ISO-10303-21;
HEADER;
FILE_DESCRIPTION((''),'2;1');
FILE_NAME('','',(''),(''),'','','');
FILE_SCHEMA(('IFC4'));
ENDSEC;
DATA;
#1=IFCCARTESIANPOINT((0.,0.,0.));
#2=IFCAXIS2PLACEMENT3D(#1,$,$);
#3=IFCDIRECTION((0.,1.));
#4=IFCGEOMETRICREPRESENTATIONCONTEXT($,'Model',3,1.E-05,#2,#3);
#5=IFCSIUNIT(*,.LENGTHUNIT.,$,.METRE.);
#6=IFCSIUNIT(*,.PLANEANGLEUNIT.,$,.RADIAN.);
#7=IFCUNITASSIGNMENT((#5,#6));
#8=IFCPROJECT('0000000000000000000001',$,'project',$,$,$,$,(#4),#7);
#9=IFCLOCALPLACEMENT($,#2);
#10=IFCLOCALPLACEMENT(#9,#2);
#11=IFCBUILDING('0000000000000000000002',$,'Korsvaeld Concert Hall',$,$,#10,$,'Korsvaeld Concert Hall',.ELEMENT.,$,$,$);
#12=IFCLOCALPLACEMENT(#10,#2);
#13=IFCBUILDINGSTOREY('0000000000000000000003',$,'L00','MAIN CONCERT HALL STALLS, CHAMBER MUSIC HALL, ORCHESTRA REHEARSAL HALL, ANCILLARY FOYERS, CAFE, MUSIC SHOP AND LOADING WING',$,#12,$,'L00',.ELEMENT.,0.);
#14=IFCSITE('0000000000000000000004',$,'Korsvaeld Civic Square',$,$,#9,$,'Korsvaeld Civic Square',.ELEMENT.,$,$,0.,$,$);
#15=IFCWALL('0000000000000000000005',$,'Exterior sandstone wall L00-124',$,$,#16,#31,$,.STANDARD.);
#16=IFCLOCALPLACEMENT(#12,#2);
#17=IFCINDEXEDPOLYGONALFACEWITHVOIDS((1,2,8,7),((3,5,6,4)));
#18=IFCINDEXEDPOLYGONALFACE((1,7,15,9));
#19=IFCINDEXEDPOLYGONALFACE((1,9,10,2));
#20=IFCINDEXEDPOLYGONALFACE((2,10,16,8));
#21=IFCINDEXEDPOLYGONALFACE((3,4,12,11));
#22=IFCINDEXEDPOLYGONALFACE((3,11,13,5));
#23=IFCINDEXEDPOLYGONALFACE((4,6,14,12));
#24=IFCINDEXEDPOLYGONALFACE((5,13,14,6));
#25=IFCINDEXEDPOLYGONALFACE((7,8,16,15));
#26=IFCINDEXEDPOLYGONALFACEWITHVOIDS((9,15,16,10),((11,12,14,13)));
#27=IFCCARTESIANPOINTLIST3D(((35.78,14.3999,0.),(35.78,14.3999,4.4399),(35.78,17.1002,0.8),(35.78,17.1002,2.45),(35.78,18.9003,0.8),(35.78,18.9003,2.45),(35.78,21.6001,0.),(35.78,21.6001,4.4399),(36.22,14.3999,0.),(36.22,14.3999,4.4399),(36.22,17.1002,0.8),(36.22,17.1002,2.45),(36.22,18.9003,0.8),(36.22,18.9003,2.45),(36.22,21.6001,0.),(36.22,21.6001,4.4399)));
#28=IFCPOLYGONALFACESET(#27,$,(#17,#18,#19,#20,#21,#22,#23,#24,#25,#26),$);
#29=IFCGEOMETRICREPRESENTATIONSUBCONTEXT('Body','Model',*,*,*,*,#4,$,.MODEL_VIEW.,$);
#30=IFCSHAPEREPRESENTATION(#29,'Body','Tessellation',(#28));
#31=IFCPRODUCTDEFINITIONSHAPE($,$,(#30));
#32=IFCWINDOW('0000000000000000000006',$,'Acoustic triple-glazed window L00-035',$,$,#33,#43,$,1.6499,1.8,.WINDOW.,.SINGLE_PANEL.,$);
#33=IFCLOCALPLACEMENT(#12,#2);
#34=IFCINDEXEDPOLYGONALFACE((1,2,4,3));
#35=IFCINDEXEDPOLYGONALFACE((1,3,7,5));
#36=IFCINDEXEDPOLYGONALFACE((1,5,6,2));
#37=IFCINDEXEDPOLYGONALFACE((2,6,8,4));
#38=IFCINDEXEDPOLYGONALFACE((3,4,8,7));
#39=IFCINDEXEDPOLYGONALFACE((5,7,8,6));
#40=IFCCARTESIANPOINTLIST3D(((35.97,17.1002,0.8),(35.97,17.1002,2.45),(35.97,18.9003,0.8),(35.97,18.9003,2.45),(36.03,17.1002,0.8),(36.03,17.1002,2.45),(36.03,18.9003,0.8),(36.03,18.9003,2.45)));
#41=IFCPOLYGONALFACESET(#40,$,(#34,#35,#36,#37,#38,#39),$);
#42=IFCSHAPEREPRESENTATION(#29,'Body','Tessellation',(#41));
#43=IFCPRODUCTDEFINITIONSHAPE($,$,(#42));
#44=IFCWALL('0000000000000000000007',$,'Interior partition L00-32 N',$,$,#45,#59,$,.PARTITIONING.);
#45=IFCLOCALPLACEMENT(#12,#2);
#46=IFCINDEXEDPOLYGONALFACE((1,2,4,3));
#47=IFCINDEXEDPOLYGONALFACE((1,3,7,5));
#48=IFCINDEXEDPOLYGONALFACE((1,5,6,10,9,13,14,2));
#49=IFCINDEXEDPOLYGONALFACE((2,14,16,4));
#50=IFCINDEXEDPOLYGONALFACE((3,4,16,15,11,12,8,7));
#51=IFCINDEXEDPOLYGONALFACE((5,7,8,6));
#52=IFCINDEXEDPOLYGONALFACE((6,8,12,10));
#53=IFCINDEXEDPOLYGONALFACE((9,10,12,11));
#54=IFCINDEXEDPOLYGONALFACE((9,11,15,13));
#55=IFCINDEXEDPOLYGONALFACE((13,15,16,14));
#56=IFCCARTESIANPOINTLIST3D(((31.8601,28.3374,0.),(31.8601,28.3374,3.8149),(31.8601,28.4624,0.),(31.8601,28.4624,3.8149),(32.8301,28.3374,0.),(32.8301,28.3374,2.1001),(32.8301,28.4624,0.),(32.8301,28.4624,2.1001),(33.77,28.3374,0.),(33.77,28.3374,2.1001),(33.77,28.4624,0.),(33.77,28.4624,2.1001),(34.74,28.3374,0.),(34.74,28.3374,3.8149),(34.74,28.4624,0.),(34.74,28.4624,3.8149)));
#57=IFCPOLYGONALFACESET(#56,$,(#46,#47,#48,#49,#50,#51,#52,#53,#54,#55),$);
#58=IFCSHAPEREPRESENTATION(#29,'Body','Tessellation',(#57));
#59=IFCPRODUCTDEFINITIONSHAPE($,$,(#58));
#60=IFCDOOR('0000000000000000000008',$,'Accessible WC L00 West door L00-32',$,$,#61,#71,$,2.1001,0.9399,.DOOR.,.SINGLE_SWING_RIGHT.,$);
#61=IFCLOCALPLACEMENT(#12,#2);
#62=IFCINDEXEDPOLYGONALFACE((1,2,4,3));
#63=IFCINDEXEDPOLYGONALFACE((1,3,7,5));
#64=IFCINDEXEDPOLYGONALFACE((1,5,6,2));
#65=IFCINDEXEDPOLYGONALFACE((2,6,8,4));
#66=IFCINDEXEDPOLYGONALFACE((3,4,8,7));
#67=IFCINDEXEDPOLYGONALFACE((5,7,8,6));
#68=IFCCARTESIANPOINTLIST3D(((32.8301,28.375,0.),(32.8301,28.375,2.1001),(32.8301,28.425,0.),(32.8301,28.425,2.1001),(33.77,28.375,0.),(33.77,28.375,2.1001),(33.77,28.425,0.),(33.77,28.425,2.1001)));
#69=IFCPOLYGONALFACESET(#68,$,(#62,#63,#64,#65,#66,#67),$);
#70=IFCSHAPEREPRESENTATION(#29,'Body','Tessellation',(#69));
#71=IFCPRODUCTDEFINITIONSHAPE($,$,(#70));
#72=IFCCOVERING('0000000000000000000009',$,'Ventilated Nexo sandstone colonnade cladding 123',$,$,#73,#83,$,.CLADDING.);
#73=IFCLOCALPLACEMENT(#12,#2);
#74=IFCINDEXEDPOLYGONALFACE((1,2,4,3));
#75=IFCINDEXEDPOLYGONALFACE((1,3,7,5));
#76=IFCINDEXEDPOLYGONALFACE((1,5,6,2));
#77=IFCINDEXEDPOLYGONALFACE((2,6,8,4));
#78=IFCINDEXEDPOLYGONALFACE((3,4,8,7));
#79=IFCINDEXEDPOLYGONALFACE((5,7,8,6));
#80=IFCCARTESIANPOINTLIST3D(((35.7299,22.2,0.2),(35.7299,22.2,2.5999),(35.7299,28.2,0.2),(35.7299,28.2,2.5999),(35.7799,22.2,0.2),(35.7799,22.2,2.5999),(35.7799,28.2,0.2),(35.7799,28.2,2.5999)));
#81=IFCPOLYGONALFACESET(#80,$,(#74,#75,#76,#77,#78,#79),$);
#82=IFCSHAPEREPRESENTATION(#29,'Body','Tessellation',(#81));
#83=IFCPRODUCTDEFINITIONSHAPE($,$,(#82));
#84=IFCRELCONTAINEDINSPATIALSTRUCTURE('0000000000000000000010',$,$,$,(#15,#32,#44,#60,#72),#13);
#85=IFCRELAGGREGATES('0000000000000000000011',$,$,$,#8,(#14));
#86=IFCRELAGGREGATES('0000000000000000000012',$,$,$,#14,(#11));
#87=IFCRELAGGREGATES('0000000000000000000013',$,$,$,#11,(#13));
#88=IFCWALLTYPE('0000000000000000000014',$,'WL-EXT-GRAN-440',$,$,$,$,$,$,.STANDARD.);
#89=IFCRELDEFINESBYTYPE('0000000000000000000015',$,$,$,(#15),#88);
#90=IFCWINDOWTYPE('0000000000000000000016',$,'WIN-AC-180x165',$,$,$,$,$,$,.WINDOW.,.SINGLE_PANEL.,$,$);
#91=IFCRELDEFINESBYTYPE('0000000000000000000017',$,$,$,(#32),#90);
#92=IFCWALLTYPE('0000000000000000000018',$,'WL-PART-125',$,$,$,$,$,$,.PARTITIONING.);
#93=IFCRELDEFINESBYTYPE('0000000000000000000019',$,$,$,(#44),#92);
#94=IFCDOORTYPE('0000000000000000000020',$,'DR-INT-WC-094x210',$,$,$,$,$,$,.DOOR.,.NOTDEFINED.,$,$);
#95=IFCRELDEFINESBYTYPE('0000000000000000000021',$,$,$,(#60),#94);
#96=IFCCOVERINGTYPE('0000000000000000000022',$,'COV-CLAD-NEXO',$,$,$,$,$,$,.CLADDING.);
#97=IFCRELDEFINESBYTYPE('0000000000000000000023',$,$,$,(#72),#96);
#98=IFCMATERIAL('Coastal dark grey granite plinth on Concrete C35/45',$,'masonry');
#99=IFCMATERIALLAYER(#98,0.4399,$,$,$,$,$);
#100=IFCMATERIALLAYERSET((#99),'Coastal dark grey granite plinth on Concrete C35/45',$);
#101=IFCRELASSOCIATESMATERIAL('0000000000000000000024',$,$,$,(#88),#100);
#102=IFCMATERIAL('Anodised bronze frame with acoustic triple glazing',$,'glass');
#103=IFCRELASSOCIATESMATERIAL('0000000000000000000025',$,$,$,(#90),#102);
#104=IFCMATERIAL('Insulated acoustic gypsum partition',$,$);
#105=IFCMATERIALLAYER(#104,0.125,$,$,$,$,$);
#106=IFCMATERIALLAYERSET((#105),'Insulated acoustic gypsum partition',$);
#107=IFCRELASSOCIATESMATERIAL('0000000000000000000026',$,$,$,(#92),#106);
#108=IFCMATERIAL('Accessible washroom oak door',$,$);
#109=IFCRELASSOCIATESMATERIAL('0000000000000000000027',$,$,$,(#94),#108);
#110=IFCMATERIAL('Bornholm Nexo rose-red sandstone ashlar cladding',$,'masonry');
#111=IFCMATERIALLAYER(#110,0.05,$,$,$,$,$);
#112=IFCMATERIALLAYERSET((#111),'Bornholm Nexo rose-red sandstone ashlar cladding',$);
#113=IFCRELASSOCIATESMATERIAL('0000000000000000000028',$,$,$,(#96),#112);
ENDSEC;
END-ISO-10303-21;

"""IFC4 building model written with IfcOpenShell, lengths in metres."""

from ifc_helpers import new_model, si_unit, direction, frame, frame_2d, origin, origin_2d, place, context, subcontext, project, spatial, rectangle, extrude, material, layer, layer_set, type_object, element, fill, save


model = new_model("IFC4")

# Units and contexts
model_context = context("Model", 3, precision=1e-05, world=origin(), true_north=direction((0.0, 1.0)))
body_context = subcontext(model_context, "Body", "Model", "MODEL_VIEW")
ifc_project = project(units=[si_unit("LENGTHUNIT", "METRE"), si_unit("PLANEANGLEUNIT", "RADIAN")], contexts=[model_context])

# Site, building, storey
site_placement = place(None, origin())
site = spatial("IfcSite", under=ifc_project, at=site_placement, Name="Korsvaeld Civic Square", LongName="Korsvaeld Civic Square", CompositionType="ELEMENT", RefElevation=0.0)
building_placement = place(site_placement, origin())
building = spatial("IfcBuilding", under=site, at=building_placement, Name="Korsvaeld Concert Hall", LongName="Korsvaeld Concert Hall", CompositionType="ELEMENT")
storey_placement = place(building_placement, origin())
storey = spatial("IfcBuildingStorey", under=building, at=storey_placement, Name="L00", Description="MAIN CONCERT HALL STALLS, CHAMBER MUSIC HALL, ORCHESTRA REHEARSAL HALL, ANCILLARY FOYERS, CAFE, MUSIC SHOP AND LOADING WING", LongName="L00", CompositionType="ELEMENT", Elevation=0.0)

# Wall, opening, window
ifc_material_1 = material(Name="Coastal dark grey granite plinth on Concrete C35/45", Category="masonry")
ifc_layer_1 = layer(ifc_material_1, 0.4399)
ifc_layer_set_1 = layer_set([ifc_layer_1], Name="Coastal dark grey granite plinth on Concrete C35/45")
wall_type_1 = type_object("IfcWallType", Name="WL-EXT-GRAN-440", PredefinedType="STANDARD", material=ifc_layer_set_1)
ifc_material_2 = material(Name="Anodised bronze frame with acoustic triple glazing", Category="glass")
window_type_1 = type_object("IfcWindowType", Name="WIN-AC-180x165", PartitioningType="SINGLE_PANEL", PredefinedType="WINDOW", material=ifc_material_2)
wall_1_placement = place(storey_placement, frame((36.0, 21.6001, 0.0), z_axis=(0.0, 0.0, 1.0), x_axis=(0.0, -1.0, 0.0)))
wall_1 = element("IfcWall", 1, at=wall_1_placement, inside=storey, type_object=wall_type_1, Name="Exterior sandstone wall L00-124", PredefinedType="STANDARD", context=body_context, shape_type="SweptSolid", body=[
    extrude(rectangle(XDim=7.2002, YDim=0.4399, at=frame_2d((3.6001, 0.0))), origin(), (0.0, 0.0, 1.0), 4.4399),
])
opening_1_placement = place(wall_1_placement, frame((2.7, 0.0, 0.8)))
opening_1 = element("IfcOpeningElement", 2, at=opening_1_placement, cuts=wall_1, PredefinedType="OPENING", context=body_context, shape_type="SweptSolid", body=[
    extrude(rectangle(XDim=1.8, YDim=1.6499, at=frame_2d((0.8999, 0.825))), frame((0.0, 0.23, 0.0), z_axis=(0.0, -1.0, 0.0), x_axis=(1.0, 0.0, 0.0)), (0.0, 0.0, 1.0), 0.46),
])
window_1_placement = place(opening_1_placement, origin())
window_1 = element("IfcWindow", 3, at=window_1_placement, inside=storey, type_object=window_type_1, Name="Acoustic triple-glazed window L00-035", OverallHeight=1.6499, OverallWidth=1.8, PartitioningType="SINGLE_PANEL", PredefinedType="WINDOW", context=body_context, shape_type="SweptSolid", body=[
    extrude(rectangle(XDim=1.8, YDim=1.6499, at=frame_2d((0.8999, 0.825))), frame((0.0, 0.03, 0.0), z_axis=(0.0, -1.0, 0.0), x_axis=(1.0, 0.0, 0.0)), (0.0, 0.0, 1.0), 0.0601),
])
fill(opening_1, window_1)

# Wall, opening, door
ifc_material_3 = material(Name="Insulated acoustic gypsum partition")
ifc_layer_2 = layer(ifc_material_3, 0.125)
ifc_layer_set_2 = layer_set([ifc_layer_2], Name="Insulated acoustic gypsum partition")
wall_type_2 = type_object("IfcWallType", Name="WL-PART-125", PredefinedType="PARTITIONING", material=ifc_layer_set_2)
wall_2_placement = place(storey_placement, frame((34.74, 28.3999, 0.0), z_axis=(0.0, 0.0, 1.0), x_axis=(-1.0, 0.0, 0.0)))
wall_2 = element("IfcWall", 4, at=wall_2_placement, inside=storey, type_object=wall_type_2, Name="Interior partition L00-32 N", PredefinedType="PARTITIONING", context=body_context, shape_type="SweptSolid", body=[
    extrude(rectangle(XDim=2.8799, YDim=0.125, at=frame_2d((1.4399, 0.0))), origin(), (0.0, 0.0, 1.0), 3.8149),
])
opening_2_placement = place(wall_2_placement, frame((0.97, 0.0, 0.0)))
opening_2 = element("IfcOpeningElement", 5, at=opening_2_placement, cuts=wall_2, PredefinedType="OPENING", context=body_context, shape_type="SweptSolid", body=[
    extrude(rectangle(XDim=0.9399, YDim=2.1001, at=frame_2d((0.47, 1.05))), frame((0.0, 0.0725, 0.0), z_axis=(0.0, -1.0, 0.0), x_axis=(1.0, 0.0, 0.0)), (0.0, 0.0, 1.0), 0.145),
])
ifc_material_4 = material(Name="Accessible washroom oak door")
door_type = type_object("IfcDoorType", Name="DR-INT-WC-094x210", OperationType="NOTDEFINED", PredefinedType="DOOR", material=ifc_material_4)
door_placement = place(opening_2_placement, origin())
door = element("IfcDoor", 6, at=door_placement, inside=storey, type_object=door_type, Name="Accessible WC L00 West door L00-32", OperationType="SINGLE_SWING_RIGHT", OverallHeight=2.1001, OverallWidth=0.9399, PredefinedType="DOOR", context=body_context, shape_type="SweptSolid", body=[
    extrude(rectangle(XDim=0.9399, YDim=2.1001, at=frame_2d((0.47, 1.05))), frame((0.0, 0.0249, 0.0), z_axis=(0.0, -1.0, 0.0), x_axis=(1.0, 0.0, 0.0)), (0.0, 0.0, 1.0), 0.05),
])
fill(opening_2, door)

# Covering
ifc_material_5 = material(Name="Bornholm Nexo rose-red sandstone ashlar cladding", Category="masonry")
ifc_layer_3 = layer(ifc_material_5, 0.05)
ifc_layer_set_3 = layer_set([ifc_layer_3], Name="Bornholm Nexo rose-red sandstone ashlar cladding")
covering_type = type_object("IfcCoveringType", Name="COV-CLAD-NEXO", PredefinedType="CLADDING", material=ifc_layer_set_3)
covering_placement = place(storey_placement, frame((35.7549, 25.2, 0.2), z_axis=(0.0, 0.0, 1.0), x_axis=(0.0, -1.0, 0.0)))
element("IfcCovering", 7, at=covering_placement, inside=storey, type_object=covering_type, Name="Ventilated Nexo sandstone colonnade cladding 123", PredefinedType="CLADDING", context=body_context, shape_type="SweptSolid", body=[
    extrude(rectangle(XDim=6.0, YDim=0.05, at=origin_2d()), origin(), (0.0, 0.0, 1.0), 2.3999),
])

save(model, "model.ifc")
